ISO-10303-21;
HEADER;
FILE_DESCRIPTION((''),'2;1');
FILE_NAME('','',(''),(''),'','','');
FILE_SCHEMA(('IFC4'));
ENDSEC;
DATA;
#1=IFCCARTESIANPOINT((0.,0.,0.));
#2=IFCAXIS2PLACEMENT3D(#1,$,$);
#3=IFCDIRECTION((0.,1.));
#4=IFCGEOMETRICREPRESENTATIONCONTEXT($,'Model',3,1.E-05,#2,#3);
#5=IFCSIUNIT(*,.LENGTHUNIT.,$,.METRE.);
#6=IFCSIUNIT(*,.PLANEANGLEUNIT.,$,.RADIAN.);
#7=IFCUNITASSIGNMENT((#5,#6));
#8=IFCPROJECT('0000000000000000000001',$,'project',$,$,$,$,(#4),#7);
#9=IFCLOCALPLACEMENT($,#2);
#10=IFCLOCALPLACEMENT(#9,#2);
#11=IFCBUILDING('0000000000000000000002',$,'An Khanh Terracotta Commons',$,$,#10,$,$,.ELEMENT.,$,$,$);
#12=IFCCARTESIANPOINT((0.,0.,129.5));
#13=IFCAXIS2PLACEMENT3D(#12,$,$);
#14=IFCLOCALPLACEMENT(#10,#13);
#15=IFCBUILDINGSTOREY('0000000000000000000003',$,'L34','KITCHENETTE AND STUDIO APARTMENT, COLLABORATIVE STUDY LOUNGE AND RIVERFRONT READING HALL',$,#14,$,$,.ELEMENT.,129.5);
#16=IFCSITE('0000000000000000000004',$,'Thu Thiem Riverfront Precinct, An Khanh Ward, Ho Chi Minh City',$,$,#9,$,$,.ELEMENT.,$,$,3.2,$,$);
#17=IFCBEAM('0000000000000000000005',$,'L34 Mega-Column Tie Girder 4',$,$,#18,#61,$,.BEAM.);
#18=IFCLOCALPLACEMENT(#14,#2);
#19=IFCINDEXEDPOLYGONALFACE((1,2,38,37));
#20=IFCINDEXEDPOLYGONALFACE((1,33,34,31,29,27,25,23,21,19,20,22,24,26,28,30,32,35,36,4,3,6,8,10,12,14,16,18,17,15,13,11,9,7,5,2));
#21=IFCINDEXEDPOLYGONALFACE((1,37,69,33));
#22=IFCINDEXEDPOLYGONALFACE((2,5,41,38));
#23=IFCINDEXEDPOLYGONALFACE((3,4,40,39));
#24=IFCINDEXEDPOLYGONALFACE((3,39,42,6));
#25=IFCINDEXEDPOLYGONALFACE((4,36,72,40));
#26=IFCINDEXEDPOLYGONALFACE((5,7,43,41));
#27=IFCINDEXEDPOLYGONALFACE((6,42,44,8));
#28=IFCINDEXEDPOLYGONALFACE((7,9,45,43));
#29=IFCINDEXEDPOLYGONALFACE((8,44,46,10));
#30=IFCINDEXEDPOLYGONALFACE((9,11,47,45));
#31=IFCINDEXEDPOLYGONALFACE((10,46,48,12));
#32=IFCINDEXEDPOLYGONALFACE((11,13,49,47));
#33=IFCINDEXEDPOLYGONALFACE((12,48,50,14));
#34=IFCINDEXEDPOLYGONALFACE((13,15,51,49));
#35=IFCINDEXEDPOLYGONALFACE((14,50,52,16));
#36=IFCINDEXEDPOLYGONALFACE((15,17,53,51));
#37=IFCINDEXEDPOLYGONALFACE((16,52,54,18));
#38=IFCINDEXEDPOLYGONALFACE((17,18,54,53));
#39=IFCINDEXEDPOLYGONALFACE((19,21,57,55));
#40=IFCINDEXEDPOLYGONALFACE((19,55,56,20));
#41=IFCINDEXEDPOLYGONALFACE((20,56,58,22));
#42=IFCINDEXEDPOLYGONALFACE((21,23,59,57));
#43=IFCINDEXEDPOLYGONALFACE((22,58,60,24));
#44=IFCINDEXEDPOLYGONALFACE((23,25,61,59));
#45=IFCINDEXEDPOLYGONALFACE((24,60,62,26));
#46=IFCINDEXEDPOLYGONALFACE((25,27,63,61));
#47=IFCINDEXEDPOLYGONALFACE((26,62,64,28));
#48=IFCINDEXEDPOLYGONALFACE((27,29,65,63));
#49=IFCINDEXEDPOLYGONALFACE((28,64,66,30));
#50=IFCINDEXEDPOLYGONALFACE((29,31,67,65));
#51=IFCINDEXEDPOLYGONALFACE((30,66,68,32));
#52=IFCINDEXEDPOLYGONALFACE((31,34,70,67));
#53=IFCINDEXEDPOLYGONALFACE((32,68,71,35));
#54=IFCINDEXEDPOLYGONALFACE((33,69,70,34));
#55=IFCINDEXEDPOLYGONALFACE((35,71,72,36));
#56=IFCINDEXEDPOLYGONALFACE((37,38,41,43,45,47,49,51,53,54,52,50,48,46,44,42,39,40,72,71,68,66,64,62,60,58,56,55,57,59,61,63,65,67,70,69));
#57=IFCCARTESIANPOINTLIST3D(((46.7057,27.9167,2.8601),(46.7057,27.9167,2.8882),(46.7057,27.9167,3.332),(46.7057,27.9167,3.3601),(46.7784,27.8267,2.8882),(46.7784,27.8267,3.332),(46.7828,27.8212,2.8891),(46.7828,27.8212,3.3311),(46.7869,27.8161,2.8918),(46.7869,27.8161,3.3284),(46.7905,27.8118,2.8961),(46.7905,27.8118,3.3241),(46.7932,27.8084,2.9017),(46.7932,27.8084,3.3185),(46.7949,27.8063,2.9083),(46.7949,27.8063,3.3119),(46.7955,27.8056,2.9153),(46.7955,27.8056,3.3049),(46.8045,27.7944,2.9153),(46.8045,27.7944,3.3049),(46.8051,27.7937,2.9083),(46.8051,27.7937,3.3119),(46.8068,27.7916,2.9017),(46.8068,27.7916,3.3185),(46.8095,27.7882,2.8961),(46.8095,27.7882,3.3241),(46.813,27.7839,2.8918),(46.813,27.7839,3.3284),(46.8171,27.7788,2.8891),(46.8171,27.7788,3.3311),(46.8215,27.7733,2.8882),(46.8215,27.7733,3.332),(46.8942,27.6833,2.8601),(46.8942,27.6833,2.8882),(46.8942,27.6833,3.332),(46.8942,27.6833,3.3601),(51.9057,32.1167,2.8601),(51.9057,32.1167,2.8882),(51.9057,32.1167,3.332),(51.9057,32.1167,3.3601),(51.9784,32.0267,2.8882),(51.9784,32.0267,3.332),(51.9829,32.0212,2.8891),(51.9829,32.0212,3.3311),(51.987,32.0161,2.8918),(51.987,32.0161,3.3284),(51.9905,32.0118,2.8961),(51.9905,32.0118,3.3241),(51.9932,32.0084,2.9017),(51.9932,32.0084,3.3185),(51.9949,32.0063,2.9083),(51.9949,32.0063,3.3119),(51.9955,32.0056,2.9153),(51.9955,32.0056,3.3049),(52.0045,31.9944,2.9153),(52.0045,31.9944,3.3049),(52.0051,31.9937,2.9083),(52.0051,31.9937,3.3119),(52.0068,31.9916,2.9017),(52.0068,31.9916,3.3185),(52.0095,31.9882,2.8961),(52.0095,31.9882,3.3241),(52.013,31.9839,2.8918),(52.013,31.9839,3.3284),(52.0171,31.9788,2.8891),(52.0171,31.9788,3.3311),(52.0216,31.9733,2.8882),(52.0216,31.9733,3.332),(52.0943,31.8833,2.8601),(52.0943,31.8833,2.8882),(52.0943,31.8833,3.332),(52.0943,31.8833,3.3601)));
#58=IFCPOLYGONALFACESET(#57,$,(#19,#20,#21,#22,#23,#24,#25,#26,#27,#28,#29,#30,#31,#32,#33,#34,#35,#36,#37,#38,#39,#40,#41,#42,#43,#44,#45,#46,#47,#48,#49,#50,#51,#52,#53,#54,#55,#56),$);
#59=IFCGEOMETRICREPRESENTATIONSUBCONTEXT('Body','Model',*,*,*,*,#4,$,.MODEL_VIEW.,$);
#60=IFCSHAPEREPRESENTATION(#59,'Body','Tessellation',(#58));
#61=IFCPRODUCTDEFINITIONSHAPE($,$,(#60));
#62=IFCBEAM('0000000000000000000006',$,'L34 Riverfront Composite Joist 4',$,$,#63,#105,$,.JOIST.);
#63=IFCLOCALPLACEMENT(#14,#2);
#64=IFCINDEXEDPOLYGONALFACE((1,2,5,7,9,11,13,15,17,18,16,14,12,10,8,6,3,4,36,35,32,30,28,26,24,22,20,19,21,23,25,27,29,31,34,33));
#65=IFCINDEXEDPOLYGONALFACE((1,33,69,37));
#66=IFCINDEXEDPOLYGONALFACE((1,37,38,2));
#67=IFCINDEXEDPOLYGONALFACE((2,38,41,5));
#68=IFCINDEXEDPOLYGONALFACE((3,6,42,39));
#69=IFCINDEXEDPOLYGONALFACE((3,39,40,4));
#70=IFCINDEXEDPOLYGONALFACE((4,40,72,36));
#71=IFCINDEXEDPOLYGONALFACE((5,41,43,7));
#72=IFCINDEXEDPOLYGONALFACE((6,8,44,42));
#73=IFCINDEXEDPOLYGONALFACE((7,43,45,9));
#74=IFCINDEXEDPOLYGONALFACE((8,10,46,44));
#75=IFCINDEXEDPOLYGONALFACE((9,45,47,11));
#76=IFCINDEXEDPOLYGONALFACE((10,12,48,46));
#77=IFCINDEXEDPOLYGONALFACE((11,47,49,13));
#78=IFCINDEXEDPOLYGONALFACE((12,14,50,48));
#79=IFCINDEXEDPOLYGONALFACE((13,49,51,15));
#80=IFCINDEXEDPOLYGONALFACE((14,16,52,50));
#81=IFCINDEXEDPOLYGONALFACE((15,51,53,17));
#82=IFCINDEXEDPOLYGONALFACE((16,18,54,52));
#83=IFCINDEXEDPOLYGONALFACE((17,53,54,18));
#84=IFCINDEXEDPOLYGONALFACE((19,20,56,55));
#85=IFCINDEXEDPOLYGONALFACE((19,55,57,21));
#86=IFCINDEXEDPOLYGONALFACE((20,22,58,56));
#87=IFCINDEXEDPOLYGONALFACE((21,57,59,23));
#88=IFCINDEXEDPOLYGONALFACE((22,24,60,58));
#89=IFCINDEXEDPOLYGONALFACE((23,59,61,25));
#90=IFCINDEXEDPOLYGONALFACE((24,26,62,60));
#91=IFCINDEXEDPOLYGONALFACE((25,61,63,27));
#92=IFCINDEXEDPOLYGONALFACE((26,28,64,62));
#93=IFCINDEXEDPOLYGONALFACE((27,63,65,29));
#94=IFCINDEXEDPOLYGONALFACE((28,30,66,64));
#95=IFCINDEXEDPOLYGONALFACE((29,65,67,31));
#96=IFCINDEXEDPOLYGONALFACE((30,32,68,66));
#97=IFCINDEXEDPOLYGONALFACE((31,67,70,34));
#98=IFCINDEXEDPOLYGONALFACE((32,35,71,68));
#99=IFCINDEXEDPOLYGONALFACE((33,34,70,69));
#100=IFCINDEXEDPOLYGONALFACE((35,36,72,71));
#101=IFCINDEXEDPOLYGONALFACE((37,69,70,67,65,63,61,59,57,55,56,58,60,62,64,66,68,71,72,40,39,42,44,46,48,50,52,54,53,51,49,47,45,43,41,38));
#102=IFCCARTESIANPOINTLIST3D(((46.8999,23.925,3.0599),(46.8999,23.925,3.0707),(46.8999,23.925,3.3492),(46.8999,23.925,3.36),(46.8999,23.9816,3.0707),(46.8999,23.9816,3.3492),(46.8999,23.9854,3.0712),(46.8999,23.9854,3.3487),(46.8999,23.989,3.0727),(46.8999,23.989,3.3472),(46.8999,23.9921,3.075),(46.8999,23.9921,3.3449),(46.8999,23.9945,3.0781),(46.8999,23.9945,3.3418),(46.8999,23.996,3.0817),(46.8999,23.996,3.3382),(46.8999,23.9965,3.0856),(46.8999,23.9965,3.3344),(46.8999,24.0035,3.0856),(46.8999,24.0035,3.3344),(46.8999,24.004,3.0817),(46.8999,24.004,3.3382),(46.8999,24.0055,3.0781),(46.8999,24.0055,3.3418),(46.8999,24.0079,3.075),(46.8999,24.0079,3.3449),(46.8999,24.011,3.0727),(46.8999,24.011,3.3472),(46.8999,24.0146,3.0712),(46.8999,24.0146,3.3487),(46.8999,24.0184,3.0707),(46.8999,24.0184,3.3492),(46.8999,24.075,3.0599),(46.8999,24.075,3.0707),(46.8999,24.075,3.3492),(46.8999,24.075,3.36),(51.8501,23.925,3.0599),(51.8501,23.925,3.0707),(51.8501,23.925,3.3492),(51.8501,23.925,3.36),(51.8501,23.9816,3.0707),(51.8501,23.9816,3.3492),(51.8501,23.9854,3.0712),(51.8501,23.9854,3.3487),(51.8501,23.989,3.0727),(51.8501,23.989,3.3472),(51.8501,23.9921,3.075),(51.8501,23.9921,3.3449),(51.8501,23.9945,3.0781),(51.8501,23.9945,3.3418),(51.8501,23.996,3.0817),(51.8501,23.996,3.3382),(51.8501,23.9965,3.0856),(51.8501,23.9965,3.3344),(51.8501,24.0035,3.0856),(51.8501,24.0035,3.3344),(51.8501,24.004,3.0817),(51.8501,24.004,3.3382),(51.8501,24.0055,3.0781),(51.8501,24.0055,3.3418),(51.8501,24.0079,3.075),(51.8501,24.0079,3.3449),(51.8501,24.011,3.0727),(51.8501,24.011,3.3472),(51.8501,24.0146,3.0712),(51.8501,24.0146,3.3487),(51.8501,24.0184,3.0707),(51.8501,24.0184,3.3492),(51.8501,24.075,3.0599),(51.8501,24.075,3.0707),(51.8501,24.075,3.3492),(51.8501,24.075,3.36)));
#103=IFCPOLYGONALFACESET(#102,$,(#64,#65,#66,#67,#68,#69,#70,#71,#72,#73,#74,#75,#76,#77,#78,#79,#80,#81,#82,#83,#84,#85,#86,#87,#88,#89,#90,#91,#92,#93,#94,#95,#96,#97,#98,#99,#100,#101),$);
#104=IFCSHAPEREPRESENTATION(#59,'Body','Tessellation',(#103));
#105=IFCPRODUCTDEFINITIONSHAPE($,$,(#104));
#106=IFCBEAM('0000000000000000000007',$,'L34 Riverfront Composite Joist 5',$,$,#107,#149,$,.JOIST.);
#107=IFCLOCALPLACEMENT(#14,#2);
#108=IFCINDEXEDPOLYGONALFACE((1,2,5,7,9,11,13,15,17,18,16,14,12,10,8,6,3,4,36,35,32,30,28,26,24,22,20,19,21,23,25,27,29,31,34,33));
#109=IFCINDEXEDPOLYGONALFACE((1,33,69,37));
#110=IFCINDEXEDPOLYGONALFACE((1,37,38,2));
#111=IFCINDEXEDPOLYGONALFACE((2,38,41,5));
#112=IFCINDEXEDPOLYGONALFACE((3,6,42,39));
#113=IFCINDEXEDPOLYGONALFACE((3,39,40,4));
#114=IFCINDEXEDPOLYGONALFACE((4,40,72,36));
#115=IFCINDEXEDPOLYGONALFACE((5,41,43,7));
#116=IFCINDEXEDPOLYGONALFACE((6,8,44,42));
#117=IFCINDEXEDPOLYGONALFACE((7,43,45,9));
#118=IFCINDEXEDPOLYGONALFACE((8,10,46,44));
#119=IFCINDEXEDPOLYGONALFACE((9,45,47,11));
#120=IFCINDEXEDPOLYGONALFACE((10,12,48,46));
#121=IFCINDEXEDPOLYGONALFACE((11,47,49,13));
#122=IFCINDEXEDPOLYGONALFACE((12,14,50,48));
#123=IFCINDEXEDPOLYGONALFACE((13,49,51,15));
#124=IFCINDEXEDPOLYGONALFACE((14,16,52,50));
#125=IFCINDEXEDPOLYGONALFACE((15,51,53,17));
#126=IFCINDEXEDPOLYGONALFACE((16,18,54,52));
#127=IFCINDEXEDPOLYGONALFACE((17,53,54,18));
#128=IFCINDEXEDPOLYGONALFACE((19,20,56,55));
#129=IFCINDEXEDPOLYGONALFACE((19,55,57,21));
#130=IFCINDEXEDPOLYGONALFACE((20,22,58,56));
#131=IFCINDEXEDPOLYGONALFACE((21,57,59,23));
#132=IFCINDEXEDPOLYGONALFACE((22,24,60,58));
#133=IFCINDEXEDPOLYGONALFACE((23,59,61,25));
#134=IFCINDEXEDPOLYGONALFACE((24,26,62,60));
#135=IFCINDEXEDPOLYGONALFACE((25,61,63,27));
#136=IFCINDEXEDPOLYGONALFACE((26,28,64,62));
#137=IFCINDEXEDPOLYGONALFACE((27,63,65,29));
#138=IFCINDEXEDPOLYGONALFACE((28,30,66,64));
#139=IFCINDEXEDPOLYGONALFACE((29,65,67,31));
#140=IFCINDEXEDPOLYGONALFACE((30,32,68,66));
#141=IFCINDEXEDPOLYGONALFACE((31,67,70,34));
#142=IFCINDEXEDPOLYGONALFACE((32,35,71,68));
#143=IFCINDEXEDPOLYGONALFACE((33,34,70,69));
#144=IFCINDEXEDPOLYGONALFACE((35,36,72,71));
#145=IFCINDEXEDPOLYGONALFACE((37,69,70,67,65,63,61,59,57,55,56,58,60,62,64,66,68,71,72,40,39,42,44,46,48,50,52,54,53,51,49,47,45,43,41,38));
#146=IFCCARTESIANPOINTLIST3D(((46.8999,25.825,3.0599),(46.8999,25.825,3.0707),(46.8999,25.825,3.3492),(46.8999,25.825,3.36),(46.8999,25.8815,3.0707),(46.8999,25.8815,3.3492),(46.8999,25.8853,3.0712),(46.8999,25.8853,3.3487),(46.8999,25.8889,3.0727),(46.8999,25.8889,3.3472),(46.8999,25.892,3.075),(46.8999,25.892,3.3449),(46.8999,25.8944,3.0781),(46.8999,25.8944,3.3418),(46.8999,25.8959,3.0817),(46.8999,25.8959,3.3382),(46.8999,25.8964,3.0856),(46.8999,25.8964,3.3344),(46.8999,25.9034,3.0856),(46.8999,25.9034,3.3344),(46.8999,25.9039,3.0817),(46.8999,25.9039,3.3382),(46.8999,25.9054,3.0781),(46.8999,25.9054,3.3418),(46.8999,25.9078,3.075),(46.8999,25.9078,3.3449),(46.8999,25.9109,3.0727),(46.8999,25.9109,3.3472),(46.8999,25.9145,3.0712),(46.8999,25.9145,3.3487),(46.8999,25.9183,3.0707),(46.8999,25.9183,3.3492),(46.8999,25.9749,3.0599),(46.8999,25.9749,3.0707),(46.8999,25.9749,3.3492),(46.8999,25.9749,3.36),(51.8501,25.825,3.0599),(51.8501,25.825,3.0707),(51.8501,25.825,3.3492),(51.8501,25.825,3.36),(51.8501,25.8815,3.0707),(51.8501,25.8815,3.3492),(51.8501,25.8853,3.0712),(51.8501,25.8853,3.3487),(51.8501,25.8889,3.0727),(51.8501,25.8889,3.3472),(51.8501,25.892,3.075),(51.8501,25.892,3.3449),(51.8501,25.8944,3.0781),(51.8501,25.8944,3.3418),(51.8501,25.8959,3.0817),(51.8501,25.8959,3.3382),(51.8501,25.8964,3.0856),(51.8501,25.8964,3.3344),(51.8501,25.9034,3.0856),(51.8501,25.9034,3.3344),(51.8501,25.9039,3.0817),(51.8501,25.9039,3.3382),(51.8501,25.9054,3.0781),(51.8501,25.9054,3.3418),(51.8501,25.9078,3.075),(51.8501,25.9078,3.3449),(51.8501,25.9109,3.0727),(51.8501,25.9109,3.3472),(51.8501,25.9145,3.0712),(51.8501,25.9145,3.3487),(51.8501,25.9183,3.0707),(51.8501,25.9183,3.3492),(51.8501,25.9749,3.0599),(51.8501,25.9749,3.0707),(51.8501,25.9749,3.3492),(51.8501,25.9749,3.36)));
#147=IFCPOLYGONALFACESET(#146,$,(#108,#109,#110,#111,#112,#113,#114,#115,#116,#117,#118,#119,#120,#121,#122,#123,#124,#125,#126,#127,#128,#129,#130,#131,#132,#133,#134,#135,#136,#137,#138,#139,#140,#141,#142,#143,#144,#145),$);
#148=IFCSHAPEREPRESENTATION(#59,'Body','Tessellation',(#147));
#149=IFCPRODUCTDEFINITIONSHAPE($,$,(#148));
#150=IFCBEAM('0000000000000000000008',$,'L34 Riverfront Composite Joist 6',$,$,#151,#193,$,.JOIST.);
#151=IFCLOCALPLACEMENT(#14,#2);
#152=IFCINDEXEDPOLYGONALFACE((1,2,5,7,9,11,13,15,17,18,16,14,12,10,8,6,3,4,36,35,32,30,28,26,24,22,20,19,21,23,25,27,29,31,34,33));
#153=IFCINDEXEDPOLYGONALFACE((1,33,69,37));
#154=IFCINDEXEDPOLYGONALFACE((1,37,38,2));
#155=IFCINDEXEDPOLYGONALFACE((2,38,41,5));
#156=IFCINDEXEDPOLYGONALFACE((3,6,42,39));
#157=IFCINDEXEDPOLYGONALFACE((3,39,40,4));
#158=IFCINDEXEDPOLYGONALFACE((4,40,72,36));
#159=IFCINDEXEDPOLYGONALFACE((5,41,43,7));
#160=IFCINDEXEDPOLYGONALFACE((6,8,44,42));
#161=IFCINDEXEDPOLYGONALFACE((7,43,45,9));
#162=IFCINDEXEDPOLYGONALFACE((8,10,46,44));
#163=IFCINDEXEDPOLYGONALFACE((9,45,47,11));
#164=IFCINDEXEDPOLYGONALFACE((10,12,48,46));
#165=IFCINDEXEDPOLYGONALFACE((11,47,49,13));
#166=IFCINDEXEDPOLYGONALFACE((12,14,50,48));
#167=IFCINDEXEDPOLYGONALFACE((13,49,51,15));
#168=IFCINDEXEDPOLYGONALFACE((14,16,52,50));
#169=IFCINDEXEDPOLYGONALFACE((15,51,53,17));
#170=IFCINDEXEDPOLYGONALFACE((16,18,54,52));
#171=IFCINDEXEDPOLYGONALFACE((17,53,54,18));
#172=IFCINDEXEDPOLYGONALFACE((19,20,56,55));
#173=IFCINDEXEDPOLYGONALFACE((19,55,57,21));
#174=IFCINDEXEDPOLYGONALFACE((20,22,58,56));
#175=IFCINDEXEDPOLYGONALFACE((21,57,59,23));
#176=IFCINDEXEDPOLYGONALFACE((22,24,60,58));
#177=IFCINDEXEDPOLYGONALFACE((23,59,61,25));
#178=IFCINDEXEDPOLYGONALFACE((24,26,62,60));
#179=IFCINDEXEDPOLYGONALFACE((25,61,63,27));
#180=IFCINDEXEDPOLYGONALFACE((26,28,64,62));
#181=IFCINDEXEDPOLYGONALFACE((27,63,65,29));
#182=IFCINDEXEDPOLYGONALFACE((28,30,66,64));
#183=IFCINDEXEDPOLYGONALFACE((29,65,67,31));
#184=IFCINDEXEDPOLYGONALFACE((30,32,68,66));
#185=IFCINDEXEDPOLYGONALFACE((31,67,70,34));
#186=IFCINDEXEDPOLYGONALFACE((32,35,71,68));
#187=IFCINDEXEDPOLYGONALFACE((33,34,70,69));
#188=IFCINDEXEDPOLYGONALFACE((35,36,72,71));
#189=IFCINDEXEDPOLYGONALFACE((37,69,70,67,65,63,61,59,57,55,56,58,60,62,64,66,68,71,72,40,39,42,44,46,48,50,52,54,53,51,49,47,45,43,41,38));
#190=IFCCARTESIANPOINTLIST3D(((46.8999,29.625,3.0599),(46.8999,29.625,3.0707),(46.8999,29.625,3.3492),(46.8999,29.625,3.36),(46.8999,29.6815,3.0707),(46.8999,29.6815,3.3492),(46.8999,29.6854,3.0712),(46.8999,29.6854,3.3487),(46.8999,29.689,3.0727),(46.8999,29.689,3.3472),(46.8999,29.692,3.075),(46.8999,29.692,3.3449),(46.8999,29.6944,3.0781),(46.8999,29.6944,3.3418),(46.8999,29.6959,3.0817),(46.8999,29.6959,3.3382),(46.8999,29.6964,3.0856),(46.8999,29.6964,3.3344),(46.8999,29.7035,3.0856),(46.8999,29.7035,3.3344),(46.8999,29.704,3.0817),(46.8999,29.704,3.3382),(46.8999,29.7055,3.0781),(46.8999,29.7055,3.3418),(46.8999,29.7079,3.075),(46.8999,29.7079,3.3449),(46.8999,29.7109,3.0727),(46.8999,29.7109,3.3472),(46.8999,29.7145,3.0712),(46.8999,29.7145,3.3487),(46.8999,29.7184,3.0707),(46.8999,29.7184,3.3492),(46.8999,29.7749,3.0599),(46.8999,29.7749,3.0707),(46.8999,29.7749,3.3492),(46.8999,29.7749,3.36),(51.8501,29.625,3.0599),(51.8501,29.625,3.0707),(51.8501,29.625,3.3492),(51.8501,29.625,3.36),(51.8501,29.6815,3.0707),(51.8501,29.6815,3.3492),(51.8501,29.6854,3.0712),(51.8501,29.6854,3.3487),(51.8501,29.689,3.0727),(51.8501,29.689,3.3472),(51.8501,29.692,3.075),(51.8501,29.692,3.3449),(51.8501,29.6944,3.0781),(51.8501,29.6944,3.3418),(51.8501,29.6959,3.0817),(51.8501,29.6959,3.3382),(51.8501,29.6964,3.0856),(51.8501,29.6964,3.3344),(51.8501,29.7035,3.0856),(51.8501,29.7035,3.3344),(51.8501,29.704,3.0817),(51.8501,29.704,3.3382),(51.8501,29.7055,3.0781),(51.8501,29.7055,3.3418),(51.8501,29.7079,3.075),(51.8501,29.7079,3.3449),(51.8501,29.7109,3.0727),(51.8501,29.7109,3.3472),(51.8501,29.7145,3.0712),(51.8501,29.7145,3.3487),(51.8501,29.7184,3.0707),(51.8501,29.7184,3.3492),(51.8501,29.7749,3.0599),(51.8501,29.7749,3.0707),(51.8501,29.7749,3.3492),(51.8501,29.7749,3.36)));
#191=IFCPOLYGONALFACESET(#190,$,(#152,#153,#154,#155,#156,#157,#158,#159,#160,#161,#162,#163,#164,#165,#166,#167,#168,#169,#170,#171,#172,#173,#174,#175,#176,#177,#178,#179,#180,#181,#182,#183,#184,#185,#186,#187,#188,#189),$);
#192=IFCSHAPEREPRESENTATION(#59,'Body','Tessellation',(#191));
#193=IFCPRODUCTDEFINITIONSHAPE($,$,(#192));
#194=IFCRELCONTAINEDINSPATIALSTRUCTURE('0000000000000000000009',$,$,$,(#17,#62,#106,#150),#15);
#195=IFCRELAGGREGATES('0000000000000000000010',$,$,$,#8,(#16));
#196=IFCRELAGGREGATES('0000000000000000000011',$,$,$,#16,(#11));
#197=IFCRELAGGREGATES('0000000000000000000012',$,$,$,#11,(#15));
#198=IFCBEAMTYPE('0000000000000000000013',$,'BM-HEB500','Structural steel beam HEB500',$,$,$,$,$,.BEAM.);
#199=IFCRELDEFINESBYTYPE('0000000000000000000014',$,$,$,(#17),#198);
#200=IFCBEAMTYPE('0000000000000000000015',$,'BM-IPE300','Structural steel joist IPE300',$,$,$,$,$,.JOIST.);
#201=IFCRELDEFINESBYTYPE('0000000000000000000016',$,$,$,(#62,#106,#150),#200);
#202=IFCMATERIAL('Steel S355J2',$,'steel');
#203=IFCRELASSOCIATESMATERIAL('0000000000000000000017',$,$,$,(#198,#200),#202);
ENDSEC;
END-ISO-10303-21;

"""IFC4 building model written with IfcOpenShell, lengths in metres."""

from ifc_helpers import new_model, si_unit, direction, frame, origin, origin_2d, place, context, subcontext, project, spatial, i_section, extrude, material, material_profile, profile_set, type_object, element, save


model = new_model("IFC4")

# Units and contexts
model_context = context("Model", 3, precision=1e-05, world=origin(), true_north=direction((0.0, 1.0)))
body_context = subcontext(model_context, "Body", "Model", "MODEL_VIEW")
ifc_project = project(units=[si_unit("LENGTHUNIT", "METRE"), si_unit("PLANEANGLEUNIT", "RADIAN")], contexts=[model_context])

# Site, building, storey
site_placement = place(None, origin())
site = spatial("IfcSite", under=ifc_project, at=site_placement, Name="Thu Thiem Riverfront Precinct, An Khanh Ward, Ho Chi Minh City", CompositionType="ELEMENT", RefElevation=3.2)
building_placement = place(site_placement, origin())
building = spatial("IfcBuilding", under=site, at=building_placement, Name="An Khanh Terracotta Commons", CompositionType="ELEMENT")
storey_placement = place(building_placement, frame((0.0, 0.0, 129.5)))
storey = spatial("IfcBuildingStorey", under=building, at=storey_placement, Name="L34", Description="KITCHENETTE AND STUDIO APARTMENT, COLLABORATIVE STUDY LOUNGE AND RIVERFRONT READING HALL", CompositionType="ELEMENT", Elevation=129.5)

# Beams
ifc_material_1 = material(Name="Steel S355J2", Category="steel")
ifc_material_profile_1 = material_profile(ifc_material_1, i_section(OverallWidth=0.3, OverallDepth=0.5, WebThickness=0.0144, FlangeThickness=0.0281, FilletRadius=0.0271, at=origin_2d()), Name="HEB500")
ifc_profile_set_1 = profile_set([ifc_material_profile_1], Name="Steel S355J2")
beam_type_1 = type_object("IfcBeamType", Name="BM-HEB500", Description="Structural steel beam HEB500", PredefinedType="BEAM", material=ifc_profile_set_1)
beam_1_placement = place(storey_placement, frame((52.0, 32.0, 3.1101), z_axis=(-0.777942, -0.628336, 0.0), x_axis=(0.628336, -0.777942, 0.0)))
element("IfcBeam", 1, at=beam_1_placement, inside=storey, type_object=beam_type_1, Name="L34 Mega-Column Tie Girder 4", PredefinedType="BEAM", context=body_context, shape_type="SweptSolid", body=[
    extrude(i_section(OverallWidth=0.3, OverallDepth=0.5, WebThickness=0.0144, FlangeThickness=0.0281, FilletRadius=0.0271, at=origin_2d()), origin(), (0.0, 0.0, 1.0), 6.6843),
])
ifc_material_profile_2 = material_profile(ifc_material_1, i_section(OverallWidth=0.1499, OverallDepth=0.3, WebThickness=0.0071, FlangeThickness=0.0107, FilletRadius=0.0149, at=origin_2d()), Name="IPE300")
ifc_profile_set_2 = profile_set([ifc_material_profile_2], Name="Steel S355J2")
beam_type_2 = type_object("IfcBeamType", Name="BM-IPE300", Description="Structural steel joist IPE300", PredefinedType="JOIST", material=ifc_profile_set_2)
for number, where, z_axis, x_axis, name in (
    (2, (46.8999, 24.0, 3.21), (1.0, 0.0, 0.0), (0.0, 1.0, 0.0), "L34 Riverfront Composite Joist 4"),
    (3, (46.8999, 25.8999, 3.21), (1.0, 0.0, 0.0), (0.0, 1.0, 0.0), "L34 Riverfront Composite Joist 5"),
    (4, (46.8999, 29.7, 3.21), (1.0, 0.0, 0.0), (0.0, 1.0, 0.0), "L34 Riverfront Composite Joist 6"),
):
    element("IfcBeam", number, at=place(storey_placement, frame(where, z_axis=z_axis, x_axis=x_axis)), inside=storey, type_object=beam_type_2, Name=name, PredefinedType="JOIST", context=body_context, shape_type="SweptSolid", body=[
        extrude(i_section(OverallWidth=0.1499, OverallDepth=0.3, WebThickness=0.0071, FlangeThickness=0.0107, FilletRadius=0.0149, at=origin_2d()), origin(), (0.0, 0.0, 1.0), 4.9502),
    ])

save(model, "model.ifc")
